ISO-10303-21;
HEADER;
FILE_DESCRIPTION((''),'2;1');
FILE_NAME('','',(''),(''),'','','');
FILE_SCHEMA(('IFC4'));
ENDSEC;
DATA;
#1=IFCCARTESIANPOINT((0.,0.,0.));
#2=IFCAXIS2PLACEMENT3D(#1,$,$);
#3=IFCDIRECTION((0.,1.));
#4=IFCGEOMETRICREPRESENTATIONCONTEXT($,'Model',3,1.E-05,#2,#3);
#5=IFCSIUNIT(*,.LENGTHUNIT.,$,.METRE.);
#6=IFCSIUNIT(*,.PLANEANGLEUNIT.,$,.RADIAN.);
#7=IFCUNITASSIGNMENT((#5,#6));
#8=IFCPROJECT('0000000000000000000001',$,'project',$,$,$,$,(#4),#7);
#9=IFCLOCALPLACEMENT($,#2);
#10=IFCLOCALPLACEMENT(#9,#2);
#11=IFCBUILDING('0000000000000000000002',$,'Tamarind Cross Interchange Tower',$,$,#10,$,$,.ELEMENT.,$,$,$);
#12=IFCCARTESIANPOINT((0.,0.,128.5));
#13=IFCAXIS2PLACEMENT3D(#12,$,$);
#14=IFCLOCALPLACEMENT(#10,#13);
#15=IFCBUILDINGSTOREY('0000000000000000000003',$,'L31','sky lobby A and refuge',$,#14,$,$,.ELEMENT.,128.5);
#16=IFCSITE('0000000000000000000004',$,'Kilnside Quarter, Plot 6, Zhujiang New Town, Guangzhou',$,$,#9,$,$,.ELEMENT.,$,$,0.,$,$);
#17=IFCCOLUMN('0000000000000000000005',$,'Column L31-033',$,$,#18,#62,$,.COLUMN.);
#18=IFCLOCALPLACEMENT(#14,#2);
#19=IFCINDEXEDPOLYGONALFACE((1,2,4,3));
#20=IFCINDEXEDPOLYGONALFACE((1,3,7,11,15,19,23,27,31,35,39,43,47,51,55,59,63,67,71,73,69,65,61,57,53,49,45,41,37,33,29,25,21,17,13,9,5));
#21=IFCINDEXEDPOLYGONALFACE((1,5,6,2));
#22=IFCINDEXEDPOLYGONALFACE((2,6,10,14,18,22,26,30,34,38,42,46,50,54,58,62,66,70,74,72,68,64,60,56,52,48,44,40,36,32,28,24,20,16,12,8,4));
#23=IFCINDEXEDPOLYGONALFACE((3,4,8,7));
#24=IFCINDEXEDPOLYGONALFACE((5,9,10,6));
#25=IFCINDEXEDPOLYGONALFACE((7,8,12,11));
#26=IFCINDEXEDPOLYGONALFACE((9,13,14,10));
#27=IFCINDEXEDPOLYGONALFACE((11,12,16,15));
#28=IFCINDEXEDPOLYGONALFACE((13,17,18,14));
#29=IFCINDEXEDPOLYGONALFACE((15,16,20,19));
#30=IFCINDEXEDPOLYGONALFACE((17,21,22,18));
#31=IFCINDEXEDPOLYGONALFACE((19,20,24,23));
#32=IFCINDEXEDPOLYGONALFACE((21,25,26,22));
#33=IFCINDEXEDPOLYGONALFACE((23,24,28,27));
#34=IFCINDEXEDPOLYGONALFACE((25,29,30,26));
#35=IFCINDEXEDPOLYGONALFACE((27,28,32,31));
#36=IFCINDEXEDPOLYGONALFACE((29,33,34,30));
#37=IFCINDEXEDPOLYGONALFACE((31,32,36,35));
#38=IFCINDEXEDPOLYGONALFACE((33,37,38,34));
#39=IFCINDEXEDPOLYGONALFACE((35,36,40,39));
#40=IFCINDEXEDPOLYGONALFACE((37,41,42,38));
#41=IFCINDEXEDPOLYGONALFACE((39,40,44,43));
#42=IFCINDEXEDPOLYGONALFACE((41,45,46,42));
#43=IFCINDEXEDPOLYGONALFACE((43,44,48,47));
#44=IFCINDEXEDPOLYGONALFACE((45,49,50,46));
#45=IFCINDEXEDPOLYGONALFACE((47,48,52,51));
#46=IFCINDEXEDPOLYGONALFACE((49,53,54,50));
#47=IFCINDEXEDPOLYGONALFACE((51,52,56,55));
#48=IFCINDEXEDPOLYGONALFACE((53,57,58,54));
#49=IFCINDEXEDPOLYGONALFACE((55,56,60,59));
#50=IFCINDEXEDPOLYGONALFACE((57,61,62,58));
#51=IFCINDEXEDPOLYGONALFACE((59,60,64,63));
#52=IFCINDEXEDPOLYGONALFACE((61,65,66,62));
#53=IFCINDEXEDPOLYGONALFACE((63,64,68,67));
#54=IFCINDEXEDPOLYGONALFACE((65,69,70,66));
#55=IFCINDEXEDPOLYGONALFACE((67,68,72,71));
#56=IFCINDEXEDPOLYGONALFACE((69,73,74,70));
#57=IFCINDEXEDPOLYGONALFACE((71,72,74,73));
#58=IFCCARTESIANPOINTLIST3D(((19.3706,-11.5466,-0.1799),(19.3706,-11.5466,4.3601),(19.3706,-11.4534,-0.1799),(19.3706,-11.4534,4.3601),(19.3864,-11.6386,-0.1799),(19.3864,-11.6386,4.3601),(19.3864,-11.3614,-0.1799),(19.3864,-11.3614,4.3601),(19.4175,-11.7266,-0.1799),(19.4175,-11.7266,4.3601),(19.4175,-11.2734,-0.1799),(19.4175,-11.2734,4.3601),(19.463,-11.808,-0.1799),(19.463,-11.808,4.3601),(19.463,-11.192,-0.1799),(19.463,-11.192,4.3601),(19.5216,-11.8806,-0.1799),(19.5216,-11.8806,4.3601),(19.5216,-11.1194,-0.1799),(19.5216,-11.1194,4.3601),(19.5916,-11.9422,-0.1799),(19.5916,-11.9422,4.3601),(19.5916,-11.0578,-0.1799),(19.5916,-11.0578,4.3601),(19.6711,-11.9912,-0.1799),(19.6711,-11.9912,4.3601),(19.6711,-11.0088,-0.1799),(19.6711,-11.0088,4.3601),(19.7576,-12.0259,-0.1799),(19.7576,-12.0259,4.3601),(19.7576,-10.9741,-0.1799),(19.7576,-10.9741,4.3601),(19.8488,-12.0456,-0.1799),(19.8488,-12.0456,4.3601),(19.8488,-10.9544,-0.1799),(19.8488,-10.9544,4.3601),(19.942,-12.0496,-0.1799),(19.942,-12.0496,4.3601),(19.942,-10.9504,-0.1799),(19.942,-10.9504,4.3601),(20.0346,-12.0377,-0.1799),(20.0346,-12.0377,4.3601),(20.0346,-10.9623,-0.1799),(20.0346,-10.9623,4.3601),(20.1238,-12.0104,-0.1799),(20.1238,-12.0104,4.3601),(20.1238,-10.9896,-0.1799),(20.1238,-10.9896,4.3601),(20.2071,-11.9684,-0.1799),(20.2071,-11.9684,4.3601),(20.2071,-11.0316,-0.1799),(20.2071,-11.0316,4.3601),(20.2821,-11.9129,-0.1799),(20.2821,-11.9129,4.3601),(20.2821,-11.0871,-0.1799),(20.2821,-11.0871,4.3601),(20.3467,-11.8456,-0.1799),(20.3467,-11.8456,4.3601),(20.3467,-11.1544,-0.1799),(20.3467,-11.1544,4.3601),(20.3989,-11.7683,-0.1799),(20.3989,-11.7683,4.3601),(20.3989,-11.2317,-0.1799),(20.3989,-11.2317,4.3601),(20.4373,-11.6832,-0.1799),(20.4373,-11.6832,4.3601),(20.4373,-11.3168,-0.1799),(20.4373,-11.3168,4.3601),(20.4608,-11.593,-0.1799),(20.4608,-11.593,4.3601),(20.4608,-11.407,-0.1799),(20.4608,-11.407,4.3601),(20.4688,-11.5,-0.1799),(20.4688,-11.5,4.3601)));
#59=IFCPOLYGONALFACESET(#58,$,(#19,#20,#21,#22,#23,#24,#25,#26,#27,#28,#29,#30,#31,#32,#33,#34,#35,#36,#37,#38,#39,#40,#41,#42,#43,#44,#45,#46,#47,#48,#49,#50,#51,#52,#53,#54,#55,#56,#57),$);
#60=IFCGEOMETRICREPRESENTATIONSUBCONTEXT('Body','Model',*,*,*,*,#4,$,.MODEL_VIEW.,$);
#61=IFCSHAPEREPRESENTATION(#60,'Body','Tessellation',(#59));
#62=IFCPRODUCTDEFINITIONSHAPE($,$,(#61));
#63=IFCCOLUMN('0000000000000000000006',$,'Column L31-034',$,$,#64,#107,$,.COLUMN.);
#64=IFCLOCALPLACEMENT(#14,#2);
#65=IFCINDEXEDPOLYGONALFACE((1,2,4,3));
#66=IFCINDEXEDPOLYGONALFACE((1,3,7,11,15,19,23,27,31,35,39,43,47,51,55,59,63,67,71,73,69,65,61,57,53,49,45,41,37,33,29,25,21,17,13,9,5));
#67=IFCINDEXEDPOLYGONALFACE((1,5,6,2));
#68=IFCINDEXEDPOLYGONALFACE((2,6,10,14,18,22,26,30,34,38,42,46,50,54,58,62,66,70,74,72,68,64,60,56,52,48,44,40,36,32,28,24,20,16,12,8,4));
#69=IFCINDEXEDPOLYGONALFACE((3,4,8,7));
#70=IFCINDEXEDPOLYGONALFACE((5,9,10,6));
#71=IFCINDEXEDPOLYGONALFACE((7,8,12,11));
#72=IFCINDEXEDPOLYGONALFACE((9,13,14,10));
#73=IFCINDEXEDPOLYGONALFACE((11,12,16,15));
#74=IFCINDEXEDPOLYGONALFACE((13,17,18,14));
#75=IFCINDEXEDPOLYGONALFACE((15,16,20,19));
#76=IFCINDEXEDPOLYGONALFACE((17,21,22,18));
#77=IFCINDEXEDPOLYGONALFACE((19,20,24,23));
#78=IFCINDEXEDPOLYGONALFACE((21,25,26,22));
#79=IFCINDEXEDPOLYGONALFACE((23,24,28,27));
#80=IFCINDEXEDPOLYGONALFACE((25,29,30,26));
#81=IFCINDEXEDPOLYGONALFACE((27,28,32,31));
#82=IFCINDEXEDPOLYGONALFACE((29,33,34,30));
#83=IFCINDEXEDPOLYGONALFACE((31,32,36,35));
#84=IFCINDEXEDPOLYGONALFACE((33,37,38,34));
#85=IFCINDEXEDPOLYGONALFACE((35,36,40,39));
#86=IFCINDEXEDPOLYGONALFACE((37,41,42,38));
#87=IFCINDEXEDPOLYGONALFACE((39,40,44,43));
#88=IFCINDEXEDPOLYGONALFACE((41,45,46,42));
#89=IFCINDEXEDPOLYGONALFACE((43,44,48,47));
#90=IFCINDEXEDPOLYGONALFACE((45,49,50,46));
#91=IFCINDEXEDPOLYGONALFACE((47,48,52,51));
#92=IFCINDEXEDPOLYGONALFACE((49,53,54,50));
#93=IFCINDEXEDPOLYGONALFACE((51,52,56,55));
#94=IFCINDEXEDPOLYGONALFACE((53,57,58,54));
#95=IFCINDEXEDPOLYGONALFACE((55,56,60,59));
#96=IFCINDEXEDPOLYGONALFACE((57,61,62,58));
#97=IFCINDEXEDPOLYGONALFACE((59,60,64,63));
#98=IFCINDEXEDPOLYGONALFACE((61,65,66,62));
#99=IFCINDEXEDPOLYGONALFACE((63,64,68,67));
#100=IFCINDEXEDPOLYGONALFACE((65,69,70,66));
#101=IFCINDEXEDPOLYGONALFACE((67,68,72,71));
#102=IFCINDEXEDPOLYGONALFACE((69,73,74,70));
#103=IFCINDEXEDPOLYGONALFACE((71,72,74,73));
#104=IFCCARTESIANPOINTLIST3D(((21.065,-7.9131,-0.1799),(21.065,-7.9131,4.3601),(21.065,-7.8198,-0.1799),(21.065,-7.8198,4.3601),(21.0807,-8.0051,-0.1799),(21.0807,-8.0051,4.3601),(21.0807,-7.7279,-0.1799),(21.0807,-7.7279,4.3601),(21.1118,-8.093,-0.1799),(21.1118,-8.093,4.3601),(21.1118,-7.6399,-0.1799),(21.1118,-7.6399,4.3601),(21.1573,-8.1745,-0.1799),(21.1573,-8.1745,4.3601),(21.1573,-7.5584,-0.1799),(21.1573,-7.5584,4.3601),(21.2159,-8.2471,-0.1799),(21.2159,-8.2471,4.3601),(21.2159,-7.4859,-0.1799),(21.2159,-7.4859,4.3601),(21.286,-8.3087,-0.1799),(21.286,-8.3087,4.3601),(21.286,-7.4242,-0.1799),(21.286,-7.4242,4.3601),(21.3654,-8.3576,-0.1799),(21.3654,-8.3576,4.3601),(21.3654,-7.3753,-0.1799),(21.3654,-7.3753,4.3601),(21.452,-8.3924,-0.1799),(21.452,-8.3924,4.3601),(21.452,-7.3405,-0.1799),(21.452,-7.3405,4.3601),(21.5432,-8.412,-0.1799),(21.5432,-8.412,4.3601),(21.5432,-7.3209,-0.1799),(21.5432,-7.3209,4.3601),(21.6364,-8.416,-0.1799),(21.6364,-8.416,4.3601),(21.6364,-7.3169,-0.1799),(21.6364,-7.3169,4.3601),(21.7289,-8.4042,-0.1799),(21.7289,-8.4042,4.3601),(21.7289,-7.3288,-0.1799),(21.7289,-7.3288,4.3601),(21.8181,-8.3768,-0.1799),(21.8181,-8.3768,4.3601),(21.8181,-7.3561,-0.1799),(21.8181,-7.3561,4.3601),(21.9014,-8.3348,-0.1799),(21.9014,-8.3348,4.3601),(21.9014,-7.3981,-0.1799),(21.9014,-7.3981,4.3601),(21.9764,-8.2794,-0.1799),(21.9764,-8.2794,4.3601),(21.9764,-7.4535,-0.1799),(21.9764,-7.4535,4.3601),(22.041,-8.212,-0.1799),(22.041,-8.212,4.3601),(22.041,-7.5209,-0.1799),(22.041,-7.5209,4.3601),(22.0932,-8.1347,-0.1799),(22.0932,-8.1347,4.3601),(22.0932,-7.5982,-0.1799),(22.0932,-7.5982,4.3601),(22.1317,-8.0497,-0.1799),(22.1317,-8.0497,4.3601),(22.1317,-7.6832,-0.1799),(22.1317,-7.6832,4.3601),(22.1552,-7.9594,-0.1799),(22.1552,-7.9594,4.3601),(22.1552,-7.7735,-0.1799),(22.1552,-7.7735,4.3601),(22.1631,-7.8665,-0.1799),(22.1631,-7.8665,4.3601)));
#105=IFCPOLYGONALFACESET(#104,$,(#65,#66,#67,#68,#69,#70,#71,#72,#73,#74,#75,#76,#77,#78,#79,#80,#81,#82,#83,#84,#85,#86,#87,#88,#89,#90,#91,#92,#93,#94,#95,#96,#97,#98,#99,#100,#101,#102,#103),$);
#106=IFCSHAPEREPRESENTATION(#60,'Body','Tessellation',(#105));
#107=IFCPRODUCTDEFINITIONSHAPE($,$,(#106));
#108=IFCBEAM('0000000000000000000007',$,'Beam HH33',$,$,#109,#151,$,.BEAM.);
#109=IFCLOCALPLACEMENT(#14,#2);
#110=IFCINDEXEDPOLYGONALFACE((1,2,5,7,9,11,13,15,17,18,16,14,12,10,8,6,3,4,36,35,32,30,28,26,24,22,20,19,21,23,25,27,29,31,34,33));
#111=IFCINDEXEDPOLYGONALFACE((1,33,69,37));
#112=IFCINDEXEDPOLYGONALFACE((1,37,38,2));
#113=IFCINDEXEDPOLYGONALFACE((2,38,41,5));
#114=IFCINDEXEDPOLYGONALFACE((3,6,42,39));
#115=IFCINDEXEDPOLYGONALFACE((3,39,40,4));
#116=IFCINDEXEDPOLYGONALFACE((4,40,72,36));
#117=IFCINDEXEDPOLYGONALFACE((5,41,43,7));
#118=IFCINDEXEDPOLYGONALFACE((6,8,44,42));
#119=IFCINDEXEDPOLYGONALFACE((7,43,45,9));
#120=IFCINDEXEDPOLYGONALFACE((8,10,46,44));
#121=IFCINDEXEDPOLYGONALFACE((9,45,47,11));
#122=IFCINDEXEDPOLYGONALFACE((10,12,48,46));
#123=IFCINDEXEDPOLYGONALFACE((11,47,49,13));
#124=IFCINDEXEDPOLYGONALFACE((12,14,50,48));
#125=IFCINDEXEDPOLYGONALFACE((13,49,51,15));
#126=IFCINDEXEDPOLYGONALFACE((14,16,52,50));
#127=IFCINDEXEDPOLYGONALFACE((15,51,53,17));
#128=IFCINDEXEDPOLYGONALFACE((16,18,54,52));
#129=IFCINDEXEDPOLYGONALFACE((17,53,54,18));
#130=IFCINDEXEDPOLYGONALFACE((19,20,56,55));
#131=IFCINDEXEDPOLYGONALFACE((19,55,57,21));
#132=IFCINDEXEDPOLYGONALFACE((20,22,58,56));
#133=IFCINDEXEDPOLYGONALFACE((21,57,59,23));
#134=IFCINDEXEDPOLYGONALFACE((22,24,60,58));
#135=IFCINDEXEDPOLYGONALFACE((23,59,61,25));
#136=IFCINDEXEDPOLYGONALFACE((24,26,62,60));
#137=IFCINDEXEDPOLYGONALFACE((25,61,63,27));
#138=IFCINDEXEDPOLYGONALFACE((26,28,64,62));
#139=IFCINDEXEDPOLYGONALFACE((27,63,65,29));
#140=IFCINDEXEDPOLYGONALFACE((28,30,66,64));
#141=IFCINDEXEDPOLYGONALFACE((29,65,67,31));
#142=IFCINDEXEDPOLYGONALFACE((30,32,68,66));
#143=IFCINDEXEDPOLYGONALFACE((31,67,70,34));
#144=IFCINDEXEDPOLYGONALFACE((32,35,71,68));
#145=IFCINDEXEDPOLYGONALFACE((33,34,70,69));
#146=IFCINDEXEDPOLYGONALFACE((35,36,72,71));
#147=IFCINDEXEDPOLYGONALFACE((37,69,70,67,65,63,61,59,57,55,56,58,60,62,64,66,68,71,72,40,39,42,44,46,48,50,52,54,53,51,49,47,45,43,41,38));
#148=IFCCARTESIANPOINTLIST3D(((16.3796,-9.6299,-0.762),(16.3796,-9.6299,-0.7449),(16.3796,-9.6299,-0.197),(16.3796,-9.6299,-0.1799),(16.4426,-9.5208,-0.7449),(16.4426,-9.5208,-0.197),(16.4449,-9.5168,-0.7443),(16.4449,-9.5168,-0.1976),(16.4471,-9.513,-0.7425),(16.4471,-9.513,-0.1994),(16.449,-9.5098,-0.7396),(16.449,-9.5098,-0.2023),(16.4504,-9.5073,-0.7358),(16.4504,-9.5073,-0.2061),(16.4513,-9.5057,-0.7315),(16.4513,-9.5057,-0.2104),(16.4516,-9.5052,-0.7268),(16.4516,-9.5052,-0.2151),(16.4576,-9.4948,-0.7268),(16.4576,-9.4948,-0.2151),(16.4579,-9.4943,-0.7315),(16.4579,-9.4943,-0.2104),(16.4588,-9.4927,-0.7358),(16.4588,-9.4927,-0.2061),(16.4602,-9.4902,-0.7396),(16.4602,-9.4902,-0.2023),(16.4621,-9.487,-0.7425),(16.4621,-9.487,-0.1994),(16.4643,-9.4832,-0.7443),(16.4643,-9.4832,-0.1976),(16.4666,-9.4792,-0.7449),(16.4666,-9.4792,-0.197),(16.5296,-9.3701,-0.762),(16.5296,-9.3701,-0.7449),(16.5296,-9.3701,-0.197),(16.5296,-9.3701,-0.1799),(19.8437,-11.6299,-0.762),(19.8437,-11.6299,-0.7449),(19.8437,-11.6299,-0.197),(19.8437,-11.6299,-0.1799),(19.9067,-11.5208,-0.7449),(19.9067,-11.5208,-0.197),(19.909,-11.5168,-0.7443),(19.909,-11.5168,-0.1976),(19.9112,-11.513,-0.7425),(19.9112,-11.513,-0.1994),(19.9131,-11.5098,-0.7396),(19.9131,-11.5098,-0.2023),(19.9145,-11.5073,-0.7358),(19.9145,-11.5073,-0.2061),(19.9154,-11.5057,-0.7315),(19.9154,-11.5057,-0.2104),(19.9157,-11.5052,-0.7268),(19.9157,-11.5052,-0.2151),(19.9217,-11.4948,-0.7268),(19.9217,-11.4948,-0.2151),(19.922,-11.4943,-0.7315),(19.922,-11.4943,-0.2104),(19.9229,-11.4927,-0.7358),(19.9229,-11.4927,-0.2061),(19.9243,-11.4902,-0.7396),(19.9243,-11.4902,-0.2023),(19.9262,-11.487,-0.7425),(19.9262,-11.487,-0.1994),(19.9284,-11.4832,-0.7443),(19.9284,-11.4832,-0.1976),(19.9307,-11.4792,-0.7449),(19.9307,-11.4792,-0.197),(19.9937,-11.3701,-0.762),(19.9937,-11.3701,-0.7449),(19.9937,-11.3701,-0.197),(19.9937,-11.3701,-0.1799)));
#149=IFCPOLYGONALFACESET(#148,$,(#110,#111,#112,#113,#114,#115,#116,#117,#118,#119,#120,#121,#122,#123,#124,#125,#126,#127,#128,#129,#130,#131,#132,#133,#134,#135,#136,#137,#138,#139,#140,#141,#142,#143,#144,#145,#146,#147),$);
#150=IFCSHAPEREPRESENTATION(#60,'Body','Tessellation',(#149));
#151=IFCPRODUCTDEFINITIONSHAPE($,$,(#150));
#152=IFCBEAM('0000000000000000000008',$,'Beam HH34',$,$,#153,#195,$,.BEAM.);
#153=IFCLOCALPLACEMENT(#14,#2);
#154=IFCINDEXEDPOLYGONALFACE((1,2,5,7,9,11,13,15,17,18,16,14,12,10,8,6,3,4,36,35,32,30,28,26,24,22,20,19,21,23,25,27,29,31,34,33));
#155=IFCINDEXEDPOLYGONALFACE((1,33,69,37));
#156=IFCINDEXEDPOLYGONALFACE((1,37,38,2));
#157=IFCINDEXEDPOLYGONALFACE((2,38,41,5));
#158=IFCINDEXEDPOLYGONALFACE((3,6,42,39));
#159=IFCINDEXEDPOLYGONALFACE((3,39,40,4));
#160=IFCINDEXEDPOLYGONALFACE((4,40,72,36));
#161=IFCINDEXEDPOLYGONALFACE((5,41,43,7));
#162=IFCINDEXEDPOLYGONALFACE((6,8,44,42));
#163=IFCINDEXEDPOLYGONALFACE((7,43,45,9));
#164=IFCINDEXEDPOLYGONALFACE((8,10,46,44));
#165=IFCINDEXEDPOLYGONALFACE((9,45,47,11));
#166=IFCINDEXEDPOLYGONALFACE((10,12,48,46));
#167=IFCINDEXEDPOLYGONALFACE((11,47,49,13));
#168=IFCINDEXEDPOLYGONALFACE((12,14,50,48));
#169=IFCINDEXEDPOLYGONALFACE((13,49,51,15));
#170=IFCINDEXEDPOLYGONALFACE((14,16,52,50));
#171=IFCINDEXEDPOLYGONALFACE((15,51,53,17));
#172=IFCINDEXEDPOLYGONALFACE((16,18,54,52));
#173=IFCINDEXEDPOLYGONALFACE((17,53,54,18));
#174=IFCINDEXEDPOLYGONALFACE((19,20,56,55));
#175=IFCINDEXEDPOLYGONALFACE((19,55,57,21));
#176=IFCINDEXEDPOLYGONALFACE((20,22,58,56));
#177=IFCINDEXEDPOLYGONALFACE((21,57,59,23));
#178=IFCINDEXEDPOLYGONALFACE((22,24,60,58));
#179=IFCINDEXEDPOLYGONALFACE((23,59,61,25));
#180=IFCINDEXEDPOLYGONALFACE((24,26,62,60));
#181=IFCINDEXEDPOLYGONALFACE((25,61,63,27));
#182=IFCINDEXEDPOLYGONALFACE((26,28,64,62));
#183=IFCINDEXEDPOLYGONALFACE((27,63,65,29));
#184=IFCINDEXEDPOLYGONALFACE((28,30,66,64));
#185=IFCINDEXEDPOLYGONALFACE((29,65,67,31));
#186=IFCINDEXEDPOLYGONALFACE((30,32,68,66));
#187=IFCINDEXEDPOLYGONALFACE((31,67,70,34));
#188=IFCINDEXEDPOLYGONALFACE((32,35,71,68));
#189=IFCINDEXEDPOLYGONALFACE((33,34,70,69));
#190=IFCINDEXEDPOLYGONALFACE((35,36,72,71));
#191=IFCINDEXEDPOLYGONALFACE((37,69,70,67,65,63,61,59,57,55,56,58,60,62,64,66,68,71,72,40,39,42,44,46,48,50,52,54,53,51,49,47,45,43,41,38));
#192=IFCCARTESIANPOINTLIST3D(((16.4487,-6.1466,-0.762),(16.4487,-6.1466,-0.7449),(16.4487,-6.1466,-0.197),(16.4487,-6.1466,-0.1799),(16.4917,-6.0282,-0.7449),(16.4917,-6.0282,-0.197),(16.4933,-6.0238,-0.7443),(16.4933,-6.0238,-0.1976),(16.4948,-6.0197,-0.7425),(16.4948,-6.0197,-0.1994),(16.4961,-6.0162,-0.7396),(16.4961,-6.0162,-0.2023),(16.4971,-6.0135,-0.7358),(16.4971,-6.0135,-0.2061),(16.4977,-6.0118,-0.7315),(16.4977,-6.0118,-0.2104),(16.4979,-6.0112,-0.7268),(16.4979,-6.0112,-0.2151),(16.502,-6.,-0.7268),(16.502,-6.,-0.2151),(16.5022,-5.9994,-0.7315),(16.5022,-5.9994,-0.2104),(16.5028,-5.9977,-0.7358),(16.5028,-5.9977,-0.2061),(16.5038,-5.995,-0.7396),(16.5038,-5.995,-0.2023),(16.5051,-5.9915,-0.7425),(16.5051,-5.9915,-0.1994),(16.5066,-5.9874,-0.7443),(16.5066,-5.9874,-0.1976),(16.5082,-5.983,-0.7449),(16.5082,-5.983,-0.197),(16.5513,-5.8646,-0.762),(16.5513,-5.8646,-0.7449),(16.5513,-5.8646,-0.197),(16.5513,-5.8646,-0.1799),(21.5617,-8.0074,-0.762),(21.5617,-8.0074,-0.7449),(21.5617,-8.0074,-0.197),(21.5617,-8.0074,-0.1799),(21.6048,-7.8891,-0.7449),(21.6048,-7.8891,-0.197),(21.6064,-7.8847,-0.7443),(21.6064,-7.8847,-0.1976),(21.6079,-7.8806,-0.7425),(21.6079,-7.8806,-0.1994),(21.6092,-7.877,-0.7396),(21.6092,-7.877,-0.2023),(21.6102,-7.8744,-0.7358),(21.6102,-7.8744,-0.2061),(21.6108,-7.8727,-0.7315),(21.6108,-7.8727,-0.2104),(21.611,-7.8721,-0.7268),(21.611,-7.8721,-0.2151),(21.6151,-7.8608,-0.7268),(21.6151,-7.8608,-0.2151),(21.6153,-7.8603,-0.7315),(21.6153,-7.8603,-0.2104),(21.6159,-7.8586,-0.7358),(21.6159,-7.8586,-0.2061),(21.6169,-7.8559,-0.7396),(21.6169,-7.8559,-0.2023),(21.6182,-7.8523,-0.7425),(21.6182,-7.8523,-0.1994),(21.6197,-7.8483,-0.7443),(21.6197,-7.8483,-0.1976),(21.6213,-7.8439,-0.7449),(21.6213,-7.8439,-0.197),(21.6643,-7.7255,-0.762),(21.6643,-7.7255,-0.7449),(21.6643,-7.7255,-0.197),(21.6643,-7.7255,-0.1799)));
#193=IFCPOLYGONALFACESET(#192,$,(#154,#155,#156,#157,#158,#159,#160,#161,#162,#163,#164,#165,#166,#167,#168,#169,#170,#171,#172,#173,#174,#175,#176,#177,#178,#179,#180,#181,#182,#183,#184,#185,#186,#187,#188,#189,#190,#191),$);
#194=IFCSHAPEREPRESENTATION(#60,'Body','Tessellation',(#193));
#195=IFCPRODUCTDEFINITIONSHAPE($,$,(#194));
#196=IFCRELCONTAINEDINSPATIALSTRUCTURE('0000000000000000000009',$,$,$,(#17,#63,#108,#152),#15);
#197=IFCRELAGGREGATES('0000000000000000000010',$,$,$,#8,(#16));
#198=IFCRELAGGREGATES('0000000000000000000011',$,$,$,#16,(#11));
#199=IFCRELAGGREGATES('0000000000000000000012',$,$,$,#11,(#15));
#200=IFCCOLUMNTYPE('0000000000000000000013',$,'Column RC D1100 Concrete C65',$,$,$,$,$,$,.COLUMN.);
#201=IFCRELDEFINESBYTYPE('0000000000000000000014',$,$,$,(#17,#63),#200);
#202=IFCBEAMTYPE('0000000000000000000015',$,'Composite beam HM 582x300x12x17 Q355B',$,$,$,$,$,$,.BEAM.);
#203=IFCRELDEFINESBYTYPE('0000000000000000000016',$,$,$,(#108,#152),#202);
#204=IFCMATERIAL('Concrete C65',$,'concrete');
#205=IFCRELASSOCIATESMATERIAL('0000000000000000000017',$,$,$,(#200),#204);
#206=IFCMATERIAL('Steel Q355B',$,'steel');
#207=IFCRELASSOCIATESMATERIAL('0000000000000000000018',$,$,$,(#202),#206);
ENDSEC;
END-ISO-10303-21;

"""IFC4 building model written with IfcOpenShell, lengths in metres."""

from ifc_helpers import new_model, si_unit, direction, frame, origin, origin_2d, place, context, subcontext, project, spatial, circle, i_section, extrude, material, material_profile, profile_set, type_object, element, save


model = new_model("IFC4")

# Units and contexts
model_context = context("Model", 3, precision=1e-05, world=origin(), true_north=direction((0.0, 1.0)))
body_context = subcontext(model_context, "Body", "Model", "MODEL_VIEW")
ifc_project = project(units=[si_unit("LENGTHUNIT", "METRE"), si_unit("PLANEANGLEUNIT", "RADIAN")], contexts=[model_context])

# Site, building, storey
site_placement = place(None, origin())
site = spatial("IfcSite", under=ifc_project, at=site_placement, Name="Kilnside Quarter, Plot 6, Zhujiang New Town, Guangzhou", CompositionType="ELEMENT", RefElevation=0.0)
building_placement = place(site_placement, origin())
building = spatial("IfcBuilding", under=site, at=building_placement, Name="Tamarind Cross Interchange Tower", CompositionType="ELEMENT")
storey_placement = place(building_placement, frame((0.0, 0.0, 128.5)))
storey = spatial("IfcBuildingStorey", under=building, at=storey_placement, Name="L31", Description="sky lobby A and refuge", CompositionType="ELEMENT", Elevation=128.5)

# Columns
ifc_material_1 = material(Name="Concrete C65", Category="concrete")
ifc_material_profile_1 = material_profile(ifc_material_1, circle(Radius=0.55, at=origin_2d()), Name="RC D1100")
ifc_profile_set_1 = profile_set([ifc_material_profile_1], Name="Concrete C65")
column_type = type_object("IfcColumnType", Name="Column RC D1100 Concrete C65", PredefinedType="COLUMN", material=ifc_profile_set_1)
for number, where, z_axis, x_axis, name in (
    (1, (19.9187, -11.5, -0.1799), (0.0, 0.0, 1.0), (1.0, 0.0, 0.0), "Column L31-033"),
    (2, (21.613, -7.8665, -0.1799), (0.0, 0.0, 1.0), (1.0, 0.0, 0.0), "Column L31-034"),
):
    element("IfcColumn", number, at=place(storey_placement, frame(where, z_axis=z_axis, x_axis=x_axis)), inside=storey, type_object=column_type, Name=name, PredefinedType="COLUMN", context=body_context, shape_type="SweptSolid", body=[
        extrude(circle(Radius=0.55, at=origin_2d()), origin(), (0.0, 0.0, 1.0), 4.54),
    ])

# Beams
ifc_material_2 = material(Name="Steel Q355B", Category="steel")
ifc_material_profile_2 = material_profile(ifc_material_2, i_section(OverallWidth=0.3, OverallDepth=0.582, WebThickness=0.012, FlangeThickness=0.0171, FilletRadius=0.0181, at=origin_2d()), Name="HM 582x300x12x17")
ifc_profile_set_2 = profile_set([ifc_material_profile_2], Name="Steel Q355B")
beam_type = type_object("IfcBeamType", Name="Composite beam HM 582x300x12x17 Q355B", PredefinedType="BEAM", material=ifc_profile_set_2)
beam_1_placement = place(storey_placement, frame((19.9187, -11.5, -0.4709), z_axis=(-0.866026, 0.499999, 0.0), x_axis=(-0.499999, -0.866026, 0.0)))
element("IfcBeam", 3, at=beam_1_placement, inside=storey, type_object=beam_type, Name="Beam HH33", PredefinedType="BEAM", context=body_context, shape_type="SweptSolid", body=[
    extrude(i_section(OverallWidth=0.3, OverallDepth=0.582, WebThickness=0.012, FlangeThickness=0.0171, FilletRadius=0.0181, at=origin_2d()), origin(), (0.0, 0.0, 1.0), 4.0),
])
beam_2_placement = place(storey_placement, frame((21.613, -7.8665, -0.4709), z_axis=(-0.939702, 0.341995, 0.0), x_axis=(-0.341995, -0.939702, 0.0)))
element("IfcBeam", 4, at=beam_2_placement, inside=storey, type_object=beam_type, Name="Beam HH34", PredefinedType="BEAM", context=body_context, shape_type="SweptSolid", body=[
    extrude(i_section(OverallWidth=0.3, OverallDepth=0.582, WebThickness=0.012, FlangeThickness=0.0171, FilletRadius=0.0181, at=origin_2d()), origin(), (0.0, 0.0, 1.0), 5.4412),
])

save(model, "model.ifc")
